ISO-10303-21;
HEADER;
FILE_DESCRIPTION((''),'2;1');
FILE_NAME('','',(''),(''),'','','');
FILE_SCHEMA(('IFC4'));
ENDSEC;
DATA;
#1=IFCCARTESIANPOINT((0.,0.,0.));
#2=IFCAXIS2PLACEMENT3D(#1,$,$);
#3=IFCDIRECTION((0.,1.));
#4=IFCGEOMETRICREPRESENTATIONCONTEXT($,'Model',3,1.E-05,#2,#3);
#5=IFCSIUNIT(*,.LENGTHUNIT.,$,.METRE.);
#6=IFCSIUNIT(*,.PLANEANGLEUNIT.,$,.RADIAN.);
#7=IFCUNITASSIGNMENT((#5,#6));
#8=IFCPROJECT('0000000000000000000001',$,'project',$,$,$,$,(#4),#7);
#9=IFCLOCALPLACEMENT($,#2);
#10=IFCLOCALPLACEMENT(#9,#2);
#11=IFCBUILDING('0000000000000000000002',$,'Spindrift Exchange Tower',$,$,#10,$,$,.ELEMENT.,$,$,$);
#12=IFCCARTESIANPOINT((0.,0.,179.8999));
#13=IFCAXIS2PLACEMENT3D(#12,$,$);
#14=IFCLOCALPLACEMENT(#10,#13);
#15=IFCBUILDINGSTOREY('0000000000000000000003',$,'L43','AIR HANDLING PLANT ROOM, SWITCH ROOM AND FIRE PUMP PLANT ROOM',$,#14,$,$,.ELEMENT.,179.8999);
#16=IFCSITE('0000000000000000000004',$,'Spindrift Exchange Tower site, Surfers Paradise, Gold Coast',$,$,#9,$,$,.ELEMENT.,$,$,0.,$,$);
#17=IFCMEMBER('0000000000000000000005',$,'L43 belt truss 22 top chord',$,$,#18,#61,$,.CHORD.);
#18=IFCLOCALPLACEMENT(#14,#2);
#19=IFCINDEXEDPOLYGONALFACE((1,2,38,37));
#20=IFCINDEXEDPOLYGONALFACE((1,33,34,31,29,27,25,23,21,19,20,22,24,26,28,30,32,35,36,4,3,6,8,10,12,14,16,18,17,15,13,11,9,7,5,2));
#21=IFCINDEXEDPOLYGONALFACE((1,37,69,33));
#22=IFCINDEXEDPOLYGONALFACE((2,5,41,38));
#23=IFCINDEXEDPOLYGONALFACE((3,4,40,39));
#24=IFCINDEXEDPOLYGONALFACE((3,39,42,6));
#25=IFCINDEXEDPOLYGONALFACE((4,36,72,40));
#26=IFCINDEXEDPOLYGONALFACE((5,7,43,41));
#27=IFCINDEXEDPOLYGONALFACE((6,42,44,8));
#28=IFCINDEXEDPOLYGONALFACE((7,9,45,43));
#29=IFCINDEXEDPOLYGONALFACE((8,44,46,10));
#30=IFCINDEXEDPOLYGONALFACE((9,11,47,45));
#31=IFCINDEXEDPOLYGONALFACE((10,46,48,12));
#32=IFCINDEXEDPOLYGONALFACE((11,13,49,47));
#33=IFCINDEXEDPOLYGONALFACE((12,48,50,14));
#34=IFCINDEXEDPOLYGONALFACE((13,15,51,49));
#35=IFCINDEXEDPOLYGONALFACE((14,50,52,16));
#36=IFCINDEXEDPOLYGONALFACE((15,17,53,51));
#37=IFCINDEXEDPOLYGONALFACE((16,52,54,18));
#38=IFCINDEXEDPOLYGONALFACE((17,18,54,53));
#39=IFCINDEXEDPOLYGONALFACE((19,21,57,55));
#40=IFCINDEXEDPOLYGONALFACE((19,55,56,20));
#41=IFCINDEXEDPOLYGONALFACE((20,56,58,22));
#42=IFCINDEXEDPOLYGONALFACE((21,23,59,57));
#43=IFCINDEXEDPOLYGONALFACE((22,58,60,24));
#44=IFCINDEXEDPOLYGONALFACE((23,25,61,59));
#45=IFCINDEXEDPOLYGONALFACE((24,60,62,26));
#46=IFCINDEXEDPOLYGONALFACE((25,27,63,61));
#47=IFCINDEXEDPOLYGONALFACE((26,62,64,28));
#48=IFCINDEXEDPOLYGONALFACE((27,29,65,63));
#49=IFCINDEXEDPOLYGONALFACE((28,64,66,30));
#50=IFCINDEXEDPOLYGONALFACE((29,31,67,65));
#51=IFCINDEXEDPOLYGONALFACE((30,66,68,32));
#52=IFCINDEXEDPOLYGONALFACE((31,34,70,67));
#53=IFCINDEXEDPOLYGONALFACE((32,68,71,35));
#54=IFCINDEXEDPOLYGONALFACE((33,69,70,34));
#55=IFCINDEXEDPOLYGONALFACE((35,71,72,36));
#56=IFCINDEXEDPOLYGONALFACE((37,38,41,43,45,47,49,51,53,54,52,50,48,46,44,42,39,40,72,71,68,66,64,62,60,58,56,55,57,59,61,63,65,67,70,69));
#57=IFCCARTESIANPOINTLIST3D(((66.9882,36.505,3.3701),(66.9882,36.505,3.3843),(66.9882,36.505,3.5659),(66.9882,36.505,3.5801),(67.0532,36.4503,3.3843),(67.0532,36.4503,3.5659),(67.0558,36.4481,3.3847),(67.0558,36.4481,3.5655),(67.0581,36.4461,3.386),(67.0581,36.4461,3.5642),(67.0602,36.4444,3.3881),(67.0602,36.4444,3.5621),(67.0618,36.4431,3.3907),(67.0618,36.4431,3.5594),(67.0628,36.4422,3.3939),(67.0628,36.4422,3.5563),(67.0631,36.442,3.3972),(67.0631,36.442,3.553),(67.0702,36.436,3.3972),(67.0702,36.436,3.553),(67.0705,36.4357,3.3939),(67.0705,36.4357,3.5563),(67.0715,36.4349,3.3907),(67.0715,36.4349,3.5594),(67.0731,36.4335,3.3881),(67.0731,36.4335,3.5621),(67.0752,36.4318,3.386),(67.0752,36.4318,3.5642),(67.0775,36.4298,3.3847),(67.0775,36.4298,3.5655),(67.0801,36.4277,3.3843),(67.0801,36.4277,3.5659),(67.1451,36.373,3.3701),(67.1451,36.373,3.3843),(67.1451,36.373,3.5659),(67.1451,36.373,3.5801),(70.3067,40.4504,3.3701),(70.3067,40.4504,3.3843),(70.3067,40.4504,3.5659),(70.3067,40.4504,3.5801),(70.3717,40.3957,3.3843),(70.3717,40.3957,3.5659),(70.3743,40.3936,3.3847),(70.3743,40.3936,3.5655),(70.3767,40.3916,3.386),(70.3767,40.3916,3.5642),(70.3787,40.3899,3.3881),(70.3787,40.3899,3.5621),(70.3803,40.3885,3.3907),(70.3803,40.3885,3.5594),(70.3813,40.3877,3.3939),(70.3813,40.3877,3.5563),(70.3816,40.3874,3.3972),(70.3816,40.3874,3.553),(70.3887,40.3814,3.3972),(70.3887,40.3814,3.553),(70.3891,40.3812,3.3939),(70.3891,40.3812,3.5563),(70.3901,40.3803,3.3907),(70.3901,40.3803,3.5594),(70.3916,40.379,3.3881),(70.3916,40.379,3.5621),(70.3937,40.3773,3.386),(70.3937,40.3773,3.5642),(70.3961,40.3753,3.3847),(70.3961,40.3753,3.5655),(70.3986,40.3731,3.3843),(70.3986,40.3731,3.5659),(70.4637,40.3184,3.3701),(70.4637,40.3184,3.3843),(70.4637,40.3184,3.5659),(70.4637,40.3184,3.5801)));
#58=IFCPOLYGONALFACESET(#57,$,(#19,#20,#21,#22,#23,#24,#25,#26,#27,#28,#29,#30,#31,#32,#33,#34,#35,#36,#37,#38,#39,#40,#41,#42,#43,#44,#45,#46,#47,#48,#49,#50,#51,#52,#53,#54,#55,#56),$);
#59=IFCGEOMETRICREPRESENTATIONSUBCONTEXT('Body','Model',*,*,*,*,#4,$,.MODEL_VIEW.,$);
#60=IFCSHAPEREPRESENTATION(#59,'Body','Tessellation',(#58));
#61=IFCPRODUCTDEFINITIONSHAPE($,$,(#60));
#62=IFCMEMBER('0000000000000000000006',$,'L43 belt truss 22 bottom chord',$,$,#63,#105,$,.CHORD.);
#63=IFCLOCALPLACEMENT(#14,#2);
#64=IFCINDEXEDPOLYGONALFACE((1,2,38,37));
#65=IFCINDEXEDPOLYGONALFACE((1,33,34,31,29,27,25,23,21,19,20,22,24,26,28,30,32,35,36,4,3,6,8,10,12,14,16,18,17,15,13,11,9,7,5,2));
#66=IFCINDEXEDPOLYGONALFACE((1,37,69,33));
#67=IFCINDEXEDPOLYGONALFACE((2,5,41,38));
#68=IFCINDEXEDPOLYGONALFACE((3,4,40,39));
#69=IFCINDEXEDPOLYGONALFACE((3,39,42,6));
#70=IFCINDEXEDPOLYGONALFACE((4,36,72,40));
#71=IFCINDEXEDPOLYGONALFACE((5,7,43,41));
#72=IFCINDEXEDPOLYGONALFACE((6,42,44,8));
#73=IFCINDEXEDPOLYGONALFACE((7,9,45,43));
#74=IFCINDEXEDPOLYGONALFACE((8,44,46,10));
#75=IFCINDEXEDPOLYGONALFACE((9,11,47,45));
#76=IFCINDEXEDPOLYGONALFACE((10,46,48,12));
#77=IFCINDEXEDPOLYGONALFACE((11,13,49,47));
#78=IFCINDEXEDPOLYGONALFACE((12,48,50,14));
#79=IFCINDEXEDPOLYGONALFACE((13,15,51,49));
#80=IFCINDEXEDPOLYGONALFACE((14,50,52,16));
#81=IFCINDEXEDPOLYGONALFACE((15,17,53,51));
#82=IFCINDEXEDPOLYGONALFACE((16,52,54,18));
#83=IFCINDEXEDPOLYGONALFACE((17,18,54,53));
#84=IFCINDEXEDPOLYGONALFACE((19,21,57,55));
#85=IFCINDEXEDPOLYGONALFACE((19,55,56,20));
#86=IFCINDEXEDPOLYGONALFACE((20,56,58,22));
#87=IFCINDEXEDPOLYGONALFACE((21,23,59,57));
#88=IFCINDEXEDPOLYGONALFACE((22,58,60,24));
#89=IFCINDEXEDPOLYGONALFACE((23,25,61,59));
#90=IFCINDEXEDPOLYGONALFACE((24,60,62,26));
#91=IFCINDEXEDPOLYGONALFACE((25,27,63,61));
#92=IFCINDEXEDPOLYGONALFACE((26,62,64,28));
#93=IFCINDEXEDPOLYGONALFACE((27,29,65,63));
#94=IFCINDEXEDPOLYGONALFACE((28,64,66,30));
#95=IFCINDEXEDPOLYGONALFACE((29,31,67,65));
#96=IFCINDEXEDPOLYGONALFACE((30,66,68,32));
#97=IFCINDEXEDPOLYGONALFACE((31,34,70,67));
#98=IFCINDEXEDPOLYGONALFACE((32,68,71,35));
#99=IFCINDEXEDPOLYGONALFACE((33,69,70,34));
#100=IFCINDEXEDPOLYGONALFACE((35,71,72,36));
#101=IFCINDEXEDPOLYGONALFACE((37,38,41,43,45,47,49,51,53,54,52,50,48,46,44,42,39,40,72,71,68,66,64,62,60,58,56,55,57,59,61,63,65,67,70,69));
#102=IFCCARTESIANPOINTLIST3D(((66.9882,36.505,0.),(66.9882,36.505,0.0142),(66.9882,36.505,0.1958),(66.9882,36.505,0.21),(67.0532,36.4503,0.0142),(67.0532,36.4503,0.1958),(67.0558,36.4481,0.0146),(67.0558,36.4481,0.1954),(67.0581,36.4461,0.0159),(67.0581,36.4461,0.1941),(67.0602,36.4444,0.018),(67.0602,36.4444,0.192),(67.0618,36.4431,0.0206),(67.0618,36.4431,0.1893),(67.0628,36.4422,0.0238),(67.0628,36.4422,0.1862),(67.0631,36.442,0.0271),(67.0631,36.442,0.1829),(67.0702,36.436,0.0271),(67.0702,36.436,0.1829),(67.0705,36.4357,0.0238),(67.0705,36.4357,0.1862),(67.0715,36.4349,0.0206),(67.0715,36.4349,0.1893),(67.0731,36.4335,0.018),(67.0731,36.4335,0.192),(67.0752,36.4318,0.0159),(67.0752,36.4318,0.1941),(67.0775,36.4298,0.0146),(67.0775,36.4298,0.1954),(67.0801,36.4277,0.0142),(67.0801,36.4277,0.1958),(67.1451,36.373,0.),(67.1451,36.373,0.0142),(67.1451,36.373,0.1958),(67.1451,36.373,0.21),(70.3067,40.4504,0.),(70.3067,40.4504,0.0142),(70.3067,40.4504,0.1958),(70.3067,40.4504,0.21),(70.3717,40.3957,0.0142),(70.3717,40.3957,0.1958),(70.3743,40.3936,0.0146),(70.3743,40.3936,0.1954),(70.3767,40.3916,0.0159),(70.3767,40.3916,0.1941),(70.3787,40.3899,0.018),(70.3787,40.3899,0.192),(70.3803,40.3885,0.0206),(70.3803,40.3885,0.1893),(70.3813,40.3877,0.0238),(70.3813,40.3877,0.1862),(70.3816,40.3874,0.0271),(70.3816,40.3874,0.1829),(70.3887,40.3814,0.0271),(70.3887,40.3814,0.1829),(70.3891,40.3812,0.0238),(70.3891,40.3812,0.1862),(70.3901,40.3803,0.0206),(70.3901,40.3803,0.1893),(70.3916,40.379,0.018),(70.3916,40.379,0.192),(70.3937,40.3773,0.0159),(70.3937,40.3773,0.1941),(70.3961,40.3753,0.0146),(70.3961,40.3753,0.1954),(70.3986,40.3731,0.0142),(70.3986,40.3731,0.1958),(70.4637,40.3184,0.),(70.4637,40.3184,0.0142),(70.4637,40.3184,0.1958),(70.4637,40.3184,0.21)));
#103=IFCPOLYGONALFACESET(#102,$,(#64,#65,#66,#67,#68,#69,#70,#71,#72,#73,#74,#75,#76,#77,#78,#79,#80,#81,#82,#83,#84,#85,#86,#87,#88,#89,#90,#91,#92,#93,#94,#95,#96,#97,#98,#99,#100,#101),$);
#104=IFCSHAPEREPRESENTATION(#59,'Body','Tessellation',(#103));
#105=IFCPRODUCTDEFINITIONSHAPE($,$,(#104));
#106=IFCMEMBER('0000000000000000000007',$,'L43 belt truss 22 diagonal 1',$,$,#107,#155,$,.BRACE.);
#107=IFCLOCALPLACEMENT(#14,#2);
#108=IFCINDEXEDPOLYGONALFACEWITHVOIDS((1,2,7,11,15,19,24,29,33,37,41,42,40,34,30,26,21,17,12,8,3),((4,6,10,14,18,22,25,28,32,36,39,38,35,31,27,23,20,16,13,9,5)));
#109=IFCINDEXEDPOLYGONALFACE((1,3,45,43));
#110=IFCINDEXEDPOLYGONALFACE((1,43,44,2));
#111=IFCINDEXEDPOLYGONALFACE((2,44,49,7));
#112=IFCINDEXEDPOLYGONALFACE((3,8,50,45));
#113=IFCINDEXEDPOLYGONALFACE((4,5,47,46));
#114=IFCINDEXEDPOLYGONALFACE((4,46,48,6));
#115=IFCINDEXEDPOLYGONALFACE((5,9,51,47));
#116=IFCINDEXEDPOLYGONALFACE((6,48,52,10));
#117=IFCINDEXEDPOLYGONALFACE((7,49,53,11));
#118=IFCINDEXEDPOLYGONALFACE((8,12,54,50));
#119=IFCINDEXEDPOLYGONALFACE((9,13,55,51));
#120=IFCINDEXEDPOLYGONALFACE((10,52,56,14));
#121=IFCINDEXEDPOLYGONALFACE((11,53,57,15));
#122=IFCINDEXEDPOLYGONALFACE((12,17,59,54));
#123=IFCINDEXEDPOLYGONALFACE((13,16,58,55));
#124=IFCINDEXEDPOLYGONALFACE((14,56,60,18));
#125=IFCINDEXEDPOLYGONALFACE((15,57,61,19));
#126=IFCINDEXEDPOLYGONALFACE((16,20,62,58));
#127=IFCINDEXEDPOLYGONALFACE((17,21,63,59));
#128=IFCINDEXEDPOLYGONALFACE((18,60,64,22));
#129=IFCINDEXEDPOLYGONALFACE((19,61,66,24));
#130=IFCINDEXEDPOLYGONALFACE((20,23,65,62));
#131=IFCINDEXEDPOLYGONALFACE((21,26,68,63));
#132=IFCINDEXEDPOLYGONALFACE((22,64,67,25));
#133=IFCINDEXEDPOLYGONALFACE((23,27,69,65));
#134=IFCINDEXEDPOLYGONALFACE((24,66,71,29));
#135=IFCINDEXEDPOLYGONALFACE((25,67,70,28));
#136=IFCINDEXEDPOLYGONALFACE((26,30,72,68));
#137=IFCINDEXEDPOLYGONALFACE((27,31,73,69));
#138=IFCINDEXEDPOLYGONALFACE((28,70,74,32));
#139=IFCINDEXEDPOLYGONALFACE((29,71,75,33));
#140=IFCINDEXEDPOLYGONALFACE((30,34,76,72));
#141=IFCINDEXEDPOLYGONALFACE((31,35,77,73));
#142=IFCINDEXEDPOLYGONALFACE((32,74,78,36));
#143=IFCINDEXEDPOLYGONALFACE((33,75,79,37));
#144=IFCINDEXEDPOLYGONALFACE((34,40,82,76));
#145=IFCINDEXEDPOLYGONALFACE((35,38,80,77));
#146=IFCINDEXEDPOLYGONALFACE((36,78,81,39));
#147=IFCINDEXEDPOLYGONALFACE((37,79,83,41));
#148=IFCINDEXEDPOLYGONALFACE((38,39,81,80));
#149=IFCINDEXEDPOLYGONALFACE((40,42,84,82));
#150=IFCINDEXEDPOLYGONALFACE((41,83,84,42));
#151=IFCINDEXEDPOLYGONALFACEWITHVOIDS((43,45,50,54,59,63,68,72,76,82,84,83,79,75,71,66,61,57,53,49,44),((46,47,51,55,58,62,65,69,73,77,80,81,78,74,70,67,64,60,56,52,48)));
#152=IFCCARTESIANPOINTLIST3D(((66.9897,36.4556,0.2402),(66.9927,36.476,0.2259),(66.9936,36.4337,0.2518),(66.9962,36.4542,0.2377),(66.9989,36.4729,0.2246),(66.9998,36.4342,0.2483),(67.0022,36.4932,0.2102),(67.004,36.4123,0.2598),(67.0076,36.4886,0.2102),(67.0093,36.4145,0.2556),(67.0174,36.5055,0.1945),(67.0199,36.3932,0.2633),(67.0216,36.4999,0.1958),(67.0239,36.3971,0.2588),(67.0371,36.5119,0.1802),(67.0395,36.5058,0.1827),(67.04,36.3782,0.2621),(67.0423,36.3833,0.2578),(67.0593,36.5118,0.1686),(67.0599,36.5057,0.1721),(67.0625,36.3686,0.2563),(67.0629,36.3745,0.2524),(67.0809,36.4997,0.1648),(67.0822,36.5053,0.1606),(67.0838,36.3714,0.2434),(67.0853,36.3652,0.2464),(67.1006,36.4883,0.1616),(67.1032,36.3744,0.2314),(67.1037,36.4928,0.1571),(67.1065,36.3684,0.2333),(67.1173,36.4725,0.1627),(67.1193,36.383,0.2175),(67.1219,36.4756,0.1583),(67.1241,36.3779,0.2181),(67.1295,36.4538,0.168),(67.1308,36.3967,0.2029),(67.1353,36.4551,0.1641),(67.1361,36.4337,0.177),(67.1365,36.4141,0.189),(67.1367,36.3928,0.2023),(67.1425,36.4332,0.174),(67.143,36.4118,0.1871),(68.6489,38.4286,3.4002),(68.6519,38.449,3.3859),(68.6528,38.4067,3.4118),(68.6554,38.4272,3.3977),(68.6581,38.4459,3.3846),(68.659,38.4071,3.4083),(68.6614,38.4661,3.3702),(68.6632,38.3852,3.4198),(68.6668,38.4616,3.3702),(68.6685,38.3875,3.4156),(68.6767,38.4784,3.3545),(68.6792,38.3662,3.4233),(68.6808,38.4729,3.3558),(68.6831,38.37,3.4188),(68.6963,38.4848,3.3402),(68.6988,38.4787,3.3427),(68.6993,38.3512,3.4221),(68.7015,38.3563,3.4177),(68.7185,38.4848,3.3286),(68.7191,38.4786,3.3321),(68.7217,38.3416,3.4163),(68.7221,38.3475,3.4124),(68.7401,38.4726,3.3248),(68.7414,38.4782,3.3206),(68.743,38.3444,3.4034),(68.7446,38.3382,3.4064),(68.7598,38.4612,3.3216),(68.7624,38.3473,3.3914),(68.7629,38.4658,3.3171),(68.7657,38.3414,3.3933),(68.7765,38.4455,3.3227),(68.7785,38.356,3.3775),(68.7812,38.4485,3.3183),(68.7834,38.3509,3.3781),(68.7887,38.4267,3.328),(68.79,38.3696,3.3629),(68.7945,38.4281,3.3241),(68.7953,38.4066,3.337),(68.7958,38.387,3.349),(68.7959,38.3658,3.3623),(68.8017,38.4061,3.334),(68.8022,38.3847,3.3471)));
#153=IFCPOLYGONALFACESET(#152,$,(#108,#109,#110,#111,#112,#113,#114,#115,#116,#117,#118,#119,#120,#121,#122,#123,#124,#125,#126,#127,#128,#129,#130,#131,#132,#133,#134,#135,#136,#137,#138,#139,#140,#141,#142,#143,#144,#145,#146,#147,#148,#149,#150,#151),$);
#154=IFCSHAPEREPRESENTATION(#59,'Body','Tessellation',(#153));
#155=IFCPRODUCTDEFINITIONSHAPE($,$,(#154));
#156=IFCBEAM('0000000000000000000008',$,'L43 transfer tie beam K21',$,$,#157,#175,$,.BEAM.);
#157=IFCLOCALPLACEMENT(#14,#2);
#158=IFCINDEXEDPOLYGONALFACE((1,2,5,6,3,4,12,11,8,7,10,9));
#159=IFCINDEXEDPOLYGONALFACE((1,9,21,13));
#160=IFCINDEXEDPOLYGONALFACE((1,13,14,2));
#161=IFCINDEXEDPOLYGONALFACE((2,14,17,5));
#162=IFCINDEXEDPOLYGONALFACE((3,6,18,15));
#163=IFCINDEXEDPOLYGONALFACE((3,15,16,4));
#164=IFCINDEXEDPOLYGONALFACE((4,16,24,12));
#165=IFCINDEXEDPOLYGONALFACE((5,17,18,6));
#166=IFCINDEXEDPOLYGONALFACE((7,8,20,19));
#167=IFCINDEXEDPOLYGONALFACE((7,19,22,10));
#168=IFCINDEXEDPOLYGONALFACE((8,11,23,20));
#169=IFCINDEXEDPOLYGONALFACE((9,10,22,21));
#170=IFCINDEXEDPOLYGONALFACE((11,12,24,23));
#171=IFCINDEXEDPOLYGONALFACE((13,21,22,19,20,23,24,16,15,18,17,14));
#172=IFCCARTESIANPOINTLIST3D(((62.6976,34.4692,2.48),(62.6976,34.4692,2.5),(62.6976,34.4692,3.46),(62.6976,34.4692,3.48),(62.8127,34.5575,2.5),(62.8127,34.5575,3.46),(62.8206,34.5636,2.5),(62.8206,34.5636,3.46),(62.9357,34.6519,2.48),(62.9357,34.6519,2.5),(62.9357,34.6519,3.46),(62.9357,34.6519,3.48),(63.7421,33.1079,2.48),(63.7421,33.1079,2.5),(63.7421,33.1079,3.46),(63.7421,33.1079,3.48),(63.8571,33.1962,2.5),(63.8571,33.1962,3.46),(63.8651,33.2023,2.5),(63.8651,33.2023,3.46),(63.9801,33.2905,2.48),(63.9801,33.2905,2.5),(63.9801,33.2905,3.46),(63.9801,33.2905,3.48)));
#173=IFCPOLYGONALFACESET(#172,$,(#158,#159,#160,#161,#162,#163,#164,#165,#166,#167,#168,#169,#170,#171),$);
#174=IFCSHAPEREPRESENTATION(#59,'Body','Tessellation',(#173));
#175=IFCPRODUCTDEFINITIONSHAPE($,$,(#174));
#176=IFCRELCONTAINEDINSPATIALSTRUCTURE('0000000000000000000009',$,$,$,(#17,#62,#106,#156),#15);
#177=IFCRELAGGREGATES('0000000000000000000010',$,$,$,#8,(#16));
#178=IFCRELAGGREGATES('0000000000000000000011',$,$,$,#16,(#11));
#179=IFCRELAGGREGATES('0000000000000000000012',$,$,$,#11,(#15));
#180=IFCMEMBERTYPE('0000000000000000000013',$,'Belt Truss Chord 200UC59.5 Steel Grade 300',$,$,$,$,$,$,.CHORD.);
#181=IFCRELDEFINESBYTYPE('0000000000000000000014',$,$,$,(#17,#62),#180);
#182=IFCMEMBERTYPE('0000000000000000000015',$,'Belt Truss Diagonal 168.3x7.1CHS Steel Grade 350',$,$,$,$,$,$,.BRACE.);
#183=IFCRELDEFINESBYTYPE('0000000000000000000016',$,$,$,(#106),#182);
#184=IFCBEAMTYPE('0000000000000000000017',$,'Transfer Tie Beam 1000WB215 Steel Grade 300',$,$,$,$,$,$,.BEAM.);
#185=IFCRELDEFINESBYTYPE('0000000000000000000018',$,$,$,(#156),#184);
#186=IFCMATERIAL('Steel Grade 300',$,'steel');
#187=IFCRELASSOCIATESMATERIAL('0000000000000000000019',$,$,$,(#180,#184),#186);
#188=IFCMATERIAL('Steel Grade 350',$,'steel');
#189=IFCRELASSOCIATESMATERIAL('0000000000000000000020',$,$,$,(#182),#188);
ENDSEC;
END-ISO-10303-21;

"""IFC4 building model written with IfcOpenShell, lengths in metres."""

from ifc_helpers import new_model, si_unit, direction, frame, origin, origin_2d, place, context, subcontext, project, spatial, hollow_circle, i_section, extrude, source, transform, mapped, material, material_profile, profile_set, type_object, element, save


model = new_model("IFC4")

# Units and contexts
model_context = context("Model", 3, precision=1e-05, world=origin(), true_north=direction((0.0, 1.0)))
body_context = subcontext(model_context, "Body", "Model", "MODEL_VIEW")
ifc_project = project(units=[si_unit("LENGTHUNIT", "METRE"), si_unit("PLANEANGLEUNIT", "RADIAN")], contexts=[model_context])

# Site, building, storey
site_placement = place(None, origin())
site = spatial("IfcSite", under=ifc_project, at=site_placement, Name="Spindrift Exchange Tower site, Surfers Paradise, Gold Coast", CompositionType="ELEMENT", RefElevation=0.0)
building_placement = place(site_placement, origin())
building = spatial("IfcBuilding", under=site, at=building_placement, Name="Spindrift Exchange Tower", CompositionType="ELEMENT")
storey_placement = place(building_placement, frame((0.0, 0.0, 179.8999)))
storey = spatial("IfcBuildingStorey", under=building, at=storey_placement, Name="L43", Description="AIR HANDLING PLANT ROOM, SWITCH ROOM AND FIRE PUMP PLANT ROOM", CompositionType="ELEMENT", Elevation=179.8999)

# Members
ifc_material_1 = material(Name="Steel Grade 300", Category="steel")
ifc_material_profile_1 = material_profile(ifc_material_1, i_section(OverallWidth=0.2051, OverallDepth=0.21, WebThickness=0.0093, FlangeThickness=0.0142, FilletRadius=0.0129, at=origin_2d()), Name="200UC59.5")
ifc_profile_set_1 = profile_set([ifc_material_profile_1], Name="Steel Grade 300")
member_type_1 = type_object("IfcMemberType", Name="Belt Truss Chord 200UC59.5 Steel Grade 300", PredefinedType="CHORD", material=ifc_profile_set_1)
ifc_material_2 = material(Name="Steel Grade 350", Category="steel")
ifc_material_profile_2 = material_profile(ifc_material_2, hollow_circle(Radius=0.0842, WallThickness=0.0071, at=origin_2d()), Name="168.3x7.1CHS")
ifc_profile_set_2 = profile_set([ifc_material_profile_2], Name="Steel Grade 350")
member_type_2 = type_object("IfcMemberType", Name="Belt Truss Diagonal 168.3x7.1CHS Steel Grade 350", PredefinedType="BRACE", material=ifc_profile_set_2)
shared_shape_1 = source(origin(), body_context, "Body", "SweptSolid", [
    extrude(i_section(OverallWidth=0.2051, OverallDepth=0.21, WebThickness=0.0093, FlangeThickness=0.0142, FilletRadius=0.0129, at=origin_2d()), origin(), (0.0, 0.0, 1.0), 5.1555),
])
for number, where, z_axis, x_axis, name in (
    (1, (67.0667, 36.439, 3.4751), (0.643685, 0.765291, 0.0), (-0.765291, 0.643685, 0.0), "L43 belt truss 22 top chord"),
    (2, (67.0667, 36.439, 0.105), (0.643685, 0.765291, 0.0), (-0.765291, 0.643685, 0.0), "L43 belt truss 22 bottom chord"),
):
    element("IfcMember", number, at=place(storey_placement, frame(where, z_axis=z_axis, x_axis=x_axis)), inside=storey, type_object=member_type_1, Name=name, PredefinedType="CHORD", context=body_context, shape_type="MappedRepresentation", body=[
        mapped(shared_shape_1, transform((0.0, 0.0, 0.0), scale=1.0)),
    ])
shared_shape_2 = source(origin(), body_context, "Body", "SweptSolid", [
    extrude(hollow_circle(Radius=0.0842, WallThickness=0.0071, at=origin_2d()), origin(), (0.0, 0.0, 1.0), 4.0781),
])
member_1_placement = place(storey_placement, frame((67.0667, 36.439, 0.2102), z_axis=(0.406859, 0.483789, 0.774864), x_axis=(-0.765333, 0.643634, 0.0)))
element("IfcMember", 3, at=member_1_placement, inside=storey, type_object=member_type_2, Name="L43 belt truss 22 diagonal 1", PredefinedType="BRACE", context=body_context, shape_type="MappedRepresentation", body=[
    mapped(shared_shape_2, transform((0.0, 0.0, 0.0), scale=1.0)),
])

# Beam
ifc_material_profile_3 = material_profile(ifc_material_1, i_section(OverallWidth=0.3, OverallDepth=1.0, WebThickness=0.01, FlangeThickness=0.02, at=origin_2d()), Name="1000WB215")
ifc_profile_set_3 = profile_set([ifc_material_profile_3], Name="Steel Grade 300")
beam_type = type_object("IfcBeamType", Name="Transfer Tie Beam 1000WB215 Steel Grade 300", PredefinedType="BEAM", material=ifc_profile_set_3)
shared_shape_3 = source(origin(), body_context, "Body", "SweptSolid", [
    extrude(i_section(OverallWidth=0.3, OverallDepth=1.0, WebThickness=0.01, FlangeThickness=0.02, at=origin_2d()), origin(), (0.0, 0.0, 1.0), 1.7158),
])
beam_1_placement = place(storey_placement, frame((63.8611, 33.1992, 2.98), z_axis=(-0.608706, 0.793396, 0.0), x_axis=(-0.793396, -0.608706, 0.0)))
element("IfcBeam", 4, at=beam_1_placement, inside=storey, type_object=beam_type, Name="L43 transfer tie beam K21", PredefinedType="BEAM", context=body_context, shape_type="MappedRepresentation", body=[
    mapped(shared_shape_3, transform((0.0, 0.0, 0.0), scale=1.0)),
])

save(model, "model.ifc")
